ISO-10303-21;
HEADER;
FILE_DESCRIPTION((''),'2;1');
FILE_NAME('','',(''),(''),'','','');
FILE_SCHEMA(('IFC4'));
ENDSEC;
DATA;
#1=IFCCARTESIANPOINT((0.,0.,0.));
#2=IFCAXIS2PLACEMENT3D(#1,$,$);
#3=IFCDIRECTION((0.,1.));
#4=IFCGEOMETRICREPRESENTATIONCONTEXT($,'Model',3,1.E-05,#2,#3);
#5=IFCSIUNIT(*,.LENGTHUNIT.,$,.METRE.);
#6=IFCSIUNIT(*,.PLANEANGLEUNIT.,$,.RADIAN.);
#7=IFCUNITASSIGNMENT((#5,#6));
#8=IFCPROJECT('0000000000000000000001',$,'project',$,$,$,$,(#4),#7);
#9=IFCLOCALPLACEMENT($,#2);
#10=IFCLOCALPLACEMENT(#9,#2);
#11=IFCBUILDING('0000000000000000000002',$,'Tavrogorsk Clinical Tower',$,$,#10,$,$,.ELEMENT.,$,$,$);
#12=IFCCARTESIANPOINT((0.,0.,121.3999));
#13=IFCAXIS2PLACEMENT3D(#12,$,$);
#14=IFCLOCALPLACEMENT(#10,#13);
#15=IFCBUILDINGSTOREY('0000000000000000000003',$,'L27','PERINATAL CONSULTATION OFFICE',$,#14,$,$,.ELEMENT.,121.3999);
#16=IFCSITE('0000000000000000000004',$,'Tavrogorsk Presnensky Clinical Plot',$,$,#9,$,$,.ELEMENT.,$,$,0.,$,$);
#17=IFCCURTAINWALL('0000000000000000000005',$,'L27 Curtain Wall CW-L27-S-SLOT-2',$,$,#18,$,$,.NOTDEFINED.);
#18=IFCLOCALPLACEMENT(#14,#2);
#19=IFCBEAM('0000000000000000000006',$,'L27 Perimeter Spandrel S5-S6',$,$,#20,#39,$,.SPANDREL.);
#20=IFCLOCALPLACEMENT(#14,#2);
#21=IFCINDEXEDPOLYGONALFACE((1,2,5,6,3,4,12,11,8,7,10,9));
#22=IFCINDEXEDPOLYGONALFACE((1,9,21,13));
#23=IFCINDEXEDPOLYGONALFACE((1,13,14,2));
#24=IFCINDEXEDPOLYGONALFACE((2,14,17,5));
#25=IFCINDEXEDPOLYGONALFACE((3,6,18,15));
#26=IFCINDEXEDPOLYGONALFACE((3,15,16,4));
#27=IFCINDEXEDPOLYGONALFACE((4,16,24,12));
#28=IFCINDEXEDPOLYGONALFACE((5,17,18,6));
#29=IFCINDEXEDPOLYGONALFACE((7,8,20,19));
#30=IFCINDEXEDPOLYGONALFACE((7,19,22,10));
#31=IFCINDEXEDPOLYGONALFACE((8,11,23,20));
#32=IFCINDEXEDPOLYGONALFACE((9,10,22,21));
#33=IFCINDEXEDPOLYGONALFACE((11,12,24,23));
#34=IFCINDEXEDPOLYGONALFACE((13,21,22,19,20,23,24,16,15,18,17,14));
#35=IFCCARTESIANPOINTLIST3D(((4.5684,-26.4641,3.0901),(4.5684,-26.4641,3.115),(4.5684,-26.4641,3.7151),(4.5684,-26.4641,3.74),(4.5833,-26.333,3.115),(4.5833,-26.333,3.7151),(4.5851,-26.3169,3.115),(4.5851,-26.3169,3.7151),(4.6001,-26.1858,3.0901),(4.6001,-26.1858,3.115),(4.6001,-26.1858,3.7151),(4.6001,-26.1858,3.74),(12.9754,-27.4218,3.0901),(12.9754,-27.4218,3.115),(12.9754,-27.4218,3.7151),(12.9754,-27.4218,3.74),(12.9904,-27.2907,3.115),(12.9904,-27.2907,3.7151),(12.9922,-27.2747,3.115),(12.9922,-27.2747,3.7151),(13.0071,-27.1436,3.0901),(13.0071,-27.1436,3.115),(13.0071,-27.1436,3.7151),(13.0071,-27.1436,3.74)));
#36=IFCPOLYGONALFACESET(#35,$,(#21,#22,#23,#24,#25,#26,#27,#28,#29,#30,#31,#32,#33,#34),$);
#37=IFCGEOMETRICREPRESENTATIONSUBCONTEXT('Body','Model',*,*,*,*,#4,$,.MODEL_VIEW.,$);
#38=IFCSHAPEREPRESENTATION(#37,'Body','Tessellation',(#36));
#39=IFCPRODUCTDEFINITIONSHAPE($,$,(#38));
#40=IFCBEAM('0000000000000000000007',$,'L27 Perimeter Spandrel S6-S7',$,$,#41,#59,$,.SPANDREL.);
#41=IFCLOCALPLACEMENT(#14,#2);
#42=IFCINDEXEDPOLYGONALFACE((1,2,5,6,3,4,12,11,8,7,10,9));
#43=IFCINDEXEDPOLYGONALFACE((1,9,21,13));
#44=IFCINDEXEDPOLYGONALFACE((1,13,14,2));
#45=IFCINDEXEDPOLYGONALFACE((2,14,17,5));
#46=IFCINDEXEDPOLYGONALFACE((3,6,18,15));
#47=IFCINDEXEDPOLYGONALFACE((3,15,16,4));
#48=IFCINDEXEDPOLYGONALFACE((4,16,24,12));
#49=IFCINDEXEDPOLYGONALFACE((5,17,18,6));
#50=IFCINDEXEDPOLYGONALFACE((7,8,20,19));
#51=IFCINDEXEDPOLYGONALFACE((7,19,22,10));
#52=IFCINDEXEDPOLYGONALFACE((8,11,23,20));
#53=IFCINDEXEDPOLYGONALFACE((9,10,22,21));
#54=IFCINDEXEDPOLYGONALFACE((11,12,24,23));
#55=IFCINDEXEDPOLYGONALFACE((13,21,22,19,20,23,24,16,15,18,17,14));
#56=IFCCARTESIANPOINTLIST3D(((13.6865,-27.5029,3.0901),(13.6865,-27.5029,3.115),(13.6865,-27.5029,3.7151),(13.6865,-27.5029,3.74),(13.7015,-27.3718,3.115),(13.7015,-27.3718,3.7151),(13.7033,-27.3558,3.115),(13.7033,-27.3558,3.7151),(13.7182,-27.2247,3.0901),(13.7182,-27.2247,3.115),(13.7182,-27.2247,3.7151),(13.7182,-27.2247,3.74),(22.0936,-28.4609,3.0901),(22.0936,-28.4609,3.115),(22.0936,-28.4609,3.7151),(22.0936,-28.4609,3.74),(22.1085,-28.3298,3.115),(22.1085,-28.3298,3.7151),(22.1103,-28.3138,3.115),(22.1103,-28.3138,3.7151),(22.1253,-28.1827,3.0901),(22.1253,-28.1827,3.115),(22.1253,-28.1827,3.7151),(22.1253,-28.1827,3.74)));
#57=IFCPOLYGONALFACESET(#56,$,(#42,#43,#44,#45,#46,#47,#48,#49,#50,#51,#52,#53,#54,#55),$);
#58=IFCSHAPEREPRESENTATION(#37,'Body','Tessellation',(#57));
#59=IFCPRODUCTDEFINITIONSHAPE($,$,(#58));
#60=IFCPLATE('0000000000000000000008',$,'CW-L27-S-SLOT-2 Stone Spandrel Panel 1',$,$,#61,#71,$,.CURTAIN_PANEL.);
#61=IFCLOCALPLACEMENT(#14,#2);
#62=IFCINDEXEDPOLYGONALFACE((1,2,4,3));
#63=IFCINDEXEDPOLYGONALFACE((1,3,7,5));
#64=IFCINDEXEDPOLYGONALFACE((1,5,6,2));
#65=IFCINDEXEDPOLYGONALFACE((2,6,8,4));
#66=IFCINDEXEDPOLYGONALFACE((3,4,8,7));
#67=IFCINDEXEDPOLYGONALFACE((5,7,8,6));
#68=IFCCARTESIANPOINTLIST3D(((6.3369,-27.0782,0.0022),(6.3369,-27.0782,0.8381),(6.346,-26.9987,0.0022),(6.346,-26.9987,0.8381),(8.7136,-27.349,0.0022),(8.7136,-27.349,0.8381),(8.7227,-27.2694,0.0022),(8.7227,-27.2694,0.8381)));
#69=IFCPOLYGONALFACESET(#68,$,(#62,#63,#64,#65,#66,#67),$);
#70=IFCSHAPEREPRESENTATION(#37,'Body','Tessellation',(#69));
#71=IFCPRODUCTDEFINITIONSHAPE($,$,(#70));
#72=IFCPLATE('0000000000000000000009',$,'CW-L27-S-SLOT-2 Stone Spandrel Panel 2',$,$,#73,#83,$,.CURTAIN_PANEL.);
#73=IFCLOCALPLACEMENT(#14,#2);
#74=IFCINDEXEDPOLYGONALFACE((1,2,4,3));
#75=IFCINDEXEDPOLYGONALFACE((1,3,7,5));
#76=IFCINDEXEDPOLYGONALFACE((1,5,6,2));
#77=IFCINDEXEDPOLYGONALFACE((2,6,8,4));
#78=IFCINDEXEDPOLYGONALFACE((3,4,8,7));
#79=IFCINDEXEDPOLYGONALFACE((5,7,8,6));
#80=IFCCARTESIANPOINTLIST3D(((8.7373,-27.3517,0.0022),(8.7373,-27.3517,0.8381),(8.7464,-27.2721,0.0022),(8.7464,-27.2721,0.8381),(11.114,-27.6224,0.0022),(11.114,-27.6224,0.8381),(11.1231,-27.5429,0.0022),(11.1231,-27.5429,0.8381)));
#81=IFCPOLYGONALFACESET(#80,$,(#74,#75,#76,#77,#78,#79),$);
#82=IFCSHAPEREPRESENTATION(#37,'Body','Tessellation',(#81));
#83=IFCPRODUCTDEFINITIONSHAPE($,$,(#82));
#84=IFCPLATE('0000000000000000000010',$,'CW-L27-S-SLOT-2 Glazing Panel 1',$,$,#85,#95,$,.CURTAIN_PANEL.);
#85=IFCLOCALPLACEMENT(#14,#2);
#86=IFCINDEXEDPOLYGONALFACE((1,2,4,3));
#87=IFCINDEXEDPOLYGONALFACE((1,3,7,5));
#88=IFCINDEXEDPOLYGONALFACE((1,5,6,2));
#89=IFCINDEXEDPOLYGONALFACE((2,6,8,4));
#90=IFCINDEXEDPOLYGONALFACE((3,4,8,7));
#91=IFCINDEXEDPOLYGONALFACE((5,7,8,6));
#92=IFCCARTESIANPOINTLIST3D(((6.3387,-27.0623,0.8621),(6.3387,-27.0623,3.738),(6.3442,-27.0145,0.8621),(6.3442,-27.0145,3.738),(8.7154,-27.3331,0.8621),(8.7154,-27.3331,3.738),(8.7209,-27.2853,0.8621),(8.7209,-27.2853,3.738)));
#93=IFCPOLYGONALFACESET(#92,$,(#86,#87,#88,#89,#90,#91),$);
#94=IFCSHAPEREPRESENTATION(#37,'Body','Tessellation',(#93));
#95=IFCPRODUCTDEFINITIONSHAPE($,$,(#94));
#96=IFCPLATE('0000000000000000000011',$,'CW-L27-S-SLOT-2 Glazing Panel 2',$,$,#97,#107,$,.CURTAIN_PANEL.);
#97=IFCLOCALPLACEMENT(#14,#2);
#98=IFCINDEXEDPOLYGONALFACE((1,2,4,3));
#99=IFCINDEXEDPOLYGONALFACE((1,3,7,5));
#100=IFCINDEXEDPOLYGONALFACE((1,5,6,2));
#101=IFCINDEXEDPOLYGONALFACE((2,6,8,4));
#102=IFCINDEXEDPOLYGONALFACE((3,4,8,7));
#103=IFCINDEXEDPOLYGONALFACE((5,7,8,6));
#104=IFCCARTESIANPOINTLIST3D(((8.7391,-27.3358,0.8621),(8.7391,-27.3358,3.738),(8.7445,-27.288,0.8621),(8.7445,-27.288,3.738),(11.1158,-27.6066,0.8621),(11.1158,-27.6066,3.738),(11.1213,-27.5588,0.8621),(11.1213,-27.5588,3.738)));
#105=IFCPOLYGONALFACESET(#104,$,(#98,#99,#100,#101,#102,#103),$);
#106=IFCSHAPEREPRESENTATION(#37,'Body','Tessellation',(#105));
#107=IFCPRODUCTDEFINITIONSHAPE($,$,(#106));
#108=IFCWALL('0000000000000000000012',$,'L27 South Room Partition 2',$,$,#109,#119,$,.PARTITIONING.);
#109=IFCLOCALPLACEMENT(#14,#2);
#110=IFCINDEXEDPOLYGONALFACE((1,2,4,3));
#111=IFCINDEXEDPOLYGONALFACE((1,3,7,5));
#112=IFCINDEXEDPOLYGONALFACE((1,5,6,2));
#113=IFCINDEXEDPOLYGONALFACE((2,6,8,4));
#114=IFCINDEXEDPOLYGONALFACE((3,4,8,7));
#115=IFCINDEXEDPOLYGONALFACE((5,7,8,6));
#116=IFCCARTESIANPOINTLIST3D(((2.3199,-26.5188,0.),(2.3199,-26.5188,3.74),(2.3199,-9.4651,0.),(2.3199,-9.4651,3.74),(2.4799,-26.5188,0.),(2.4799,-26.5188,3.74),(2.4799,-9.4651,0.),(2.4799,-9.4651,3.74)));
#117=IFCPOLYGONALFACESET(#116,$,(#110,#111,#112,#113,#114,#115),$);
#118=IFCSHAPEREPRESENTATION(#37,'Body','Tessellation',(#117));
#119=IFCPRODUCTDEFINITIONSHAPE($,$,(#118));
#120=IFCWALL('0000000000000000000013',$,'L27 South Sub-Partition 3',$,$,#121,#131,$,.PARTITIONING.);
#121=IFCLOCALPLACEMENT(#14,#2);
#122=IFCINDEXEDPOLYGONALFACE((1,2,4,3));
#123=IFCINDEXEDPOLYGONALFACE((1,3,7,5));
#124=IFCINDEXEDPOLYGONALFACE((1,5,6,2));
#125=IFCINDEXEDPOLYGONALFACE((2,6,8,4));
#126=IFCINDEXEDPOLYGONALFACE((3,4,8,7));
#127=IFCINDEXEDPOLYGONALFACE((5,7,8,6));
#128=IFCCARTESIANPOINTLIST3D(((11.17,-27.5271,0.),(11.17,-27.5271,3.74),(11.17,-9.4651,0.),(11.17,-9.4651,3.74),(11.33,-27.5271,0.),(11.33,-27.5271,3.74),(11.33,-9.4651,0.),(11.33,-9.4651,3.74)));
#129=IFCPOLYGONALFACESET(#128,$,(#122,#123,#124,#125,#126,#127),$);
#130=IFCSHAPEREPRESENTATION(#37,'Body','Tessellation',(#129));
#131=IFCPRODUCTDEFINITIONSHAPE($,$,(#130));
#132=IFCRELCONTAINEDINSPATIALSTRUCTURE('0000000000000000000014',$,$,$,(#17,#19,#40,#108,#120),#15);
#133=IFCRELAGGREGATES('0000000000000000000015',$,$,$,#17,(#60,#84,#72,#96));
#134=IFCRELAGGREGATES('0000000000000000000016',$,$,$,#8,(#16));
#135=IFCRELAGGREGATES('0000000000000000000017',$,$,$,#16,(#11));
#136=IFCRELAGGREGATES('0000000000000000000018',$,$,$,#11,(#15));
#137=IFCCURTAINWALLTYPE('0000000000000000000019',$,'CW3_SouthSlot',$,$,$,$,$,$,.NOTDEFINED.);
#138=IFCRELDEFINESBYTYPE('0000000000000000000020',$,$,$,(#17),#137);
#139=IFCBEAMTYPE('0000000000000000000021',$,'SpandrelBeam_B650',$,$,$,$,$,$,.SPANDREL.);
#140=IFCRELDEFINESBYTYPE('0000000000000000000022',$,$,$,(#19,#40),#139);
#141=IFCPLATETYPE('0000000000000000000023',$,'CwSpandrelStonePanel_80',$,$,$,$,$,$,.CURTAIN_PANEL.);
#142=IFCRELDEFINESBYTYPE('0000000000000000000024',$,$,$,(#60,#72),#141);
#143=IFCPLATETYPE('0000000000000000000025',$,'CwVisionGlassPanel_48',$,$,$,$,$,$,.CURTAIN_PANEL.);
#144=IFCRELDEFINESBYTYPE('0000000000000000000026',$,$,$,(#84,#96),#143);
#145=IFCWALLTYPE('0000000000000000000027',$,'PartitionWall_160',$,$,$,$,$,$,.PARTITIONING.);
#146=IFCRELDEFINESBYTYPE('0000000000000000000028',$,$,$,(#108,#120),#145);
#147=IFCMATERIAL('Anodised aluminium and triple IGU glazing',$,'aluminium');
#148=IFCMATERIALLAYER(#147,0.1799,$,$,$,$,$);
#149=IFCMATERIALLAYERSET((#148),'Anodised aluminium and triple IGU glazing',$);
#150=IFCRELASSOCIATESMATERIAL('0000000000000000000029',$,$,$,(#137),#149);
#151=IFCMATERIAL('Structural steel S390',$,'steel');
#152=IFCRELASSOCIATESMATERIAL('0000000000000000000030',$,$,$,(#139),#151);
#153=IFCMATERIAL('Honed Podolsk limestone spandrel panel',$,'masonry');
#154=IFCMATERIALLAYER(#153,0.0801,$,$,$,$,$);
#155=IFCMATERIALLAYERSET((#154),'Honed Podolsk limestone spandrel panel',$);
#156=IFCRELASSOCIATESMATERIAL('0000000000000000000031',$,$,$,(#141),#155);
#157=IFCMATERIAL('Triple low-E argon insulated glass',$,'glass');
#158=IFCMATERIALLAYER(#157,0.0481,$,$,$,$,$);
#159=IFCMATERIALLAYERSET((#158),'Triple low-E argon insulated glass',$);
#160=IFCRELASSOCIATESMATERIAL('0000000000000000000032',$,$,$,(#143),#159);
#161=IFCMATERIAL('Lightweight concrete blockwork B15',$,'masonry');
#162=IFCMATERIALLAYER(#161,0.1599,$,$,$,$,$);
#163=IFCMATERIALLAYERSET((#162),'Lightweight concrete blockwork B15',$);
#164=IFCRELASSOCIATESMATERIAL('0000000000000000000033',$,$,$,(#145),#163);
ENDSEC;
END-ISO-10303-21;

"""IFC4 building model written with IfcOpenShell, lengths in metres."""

from ifc_helpers import new_model, si_unit, direction, frame, frame_2d, origin, origin_2d, place, context, subcontext, project, spatial, rectangle, i_section, extrude, material, layer, layer_set, material_profile, profile_set, type_object, element, aggregate, save


model = new_model("IFC4")

# Units and contexts
model_context = context("Model", 3, precision=1e-05, world=origin(), true_north=direction((0.0, 1.0)))
body_context = subcontext(model_context, "Body", "Model", "MODEL_VIEW")
ifc_project = project(units=[si_unit("LENGTHUNIT", "METRE"), si_unit("PLANEANGLEUNIT", "RADIAN")], contexts=[model_context])

# Site, building, storey
site_placement = place(None, origin())
site = spatial("IfcSite", under=ifc_project, at=site_placement, Name="Tavrogorsk Presnensky Clinical Plot", CompositionType="ELEMENT", RefElevation=0.0)
building_placement = place(site_placement, origin())
building = spatial("IfcBuilding", under=site, at=building_placement, Name="Tavrogorsk Clinical Tower", CompositionType="ELEMENT")
storey_placement = place(building_placement, frame((0.0, 0.0, 121.3999)))
storey = spatial("IfcBuildingStorey", under=building, at=storey_placement, Name="L27", Description="PERINATAL CONSULTATION OFFICE", CompositionType="ELEMENT", Elevation=121.3999)

# Curtain wall
ifc_material_1 = material(Name="Anodised aluminium and triple IGU glazing", Category="aluminium")
ifc_layer_1 = layer(ifc_material_1, 0.1799)
ifc_layer_set_1 = layer_set([ifc_layer_1], Name="Anodised aluminium and triple IGU glazing")
curtain_wall_type = type_object("IfcCurtainWallType", Name="CW3_SouthSlot", PredefinedType="NOTDEFINED", material=ifc_layer_set_1)
curtain_wall_placement = place(storey_placement, origin())
curtain_wall = element("IfcCurtainWall", 1, at=curtain_wall_placement, inside=storey, type_object=curtain_wall_type, Name="L27 Curtain Wall CW-L27-S-SLOT-2", PredefinedType="NOTDEFINED")

# Beams
ifc_material_2 = material(Name="Structural steel S390", Category="steel")
ifc_material_profile_1 = material_profile(ifc_material_2, i_section(OverallWidth=0.28, OverallDepth=0.6499, WebThickness=0.0161, FlangeThickness=0.0249, at=origin_2d()), Name="B-650x280x16x25")
ifc_profile_set_1 = profile_set([ifc_material_profile_1], Name="Structural steel S390")
beam_type = type_object("IfcBeamType", Name="SpandrelBeam_B650", PredefinedType="SPANDREL", material=ifc_profile_set_1)
for number, where, z_axis, x_axis, name in (
    (2, (4.5842, -26.325, 3.415), (0.993573, -0.113193, 0.0), (0.113193, 0.993573, 0.0), "L27 Perimeter Spandrel S5-S6"),
    (3, (13.7024, -27.3638, 3.415), (0.99357, -0.113221, 0.0), (0.113221, 0.99357, 0.0), "L27 Perimeter Spandrel S6-S7"),
):
    element("IfcBeam", number, at=place(storey_placement, frame(where, z_axis=z_axis, x_axis=x_axis)), inside=storey, type_object=beam_type, Name=name, PredefinedType="SPANDREL", context=body_context, shape_type="SweptSolid", body=[
        extrude(i_section(OverallWidth=0.28, OverallDepth=0.6499, WebThickness=0.0161, FlangeThickness=0.0249, at=origin_2d()), origin(), (0.0, 0.0, 1.0), 8.4614),
    ])

# Plates
ifc_material_3 = material(Name="Honed Podolsk limestone spandrel panel", Category="masonry")
ifc_layer_2 = layer(ifc_material_3, 0.0801)
ifc_layer_set_2 = layer_set([ifc_layer_2], Name="Honed Podolsk limestone spandrel panel")
plate_type_1 = type_object("IfcPlateType", Name="CwSpandrelStonePanel_80", PredefinedType="CURTAIN_PANEL", material=ifc_layer_set_2)
plate_1_placement = place(storey_placement, frame((7.5298, -27.1738, 0.0022), z_axis=(0.0, 0.0, 1.0), x_axis=(0.993572, -0.113203, 0.0)))
plate_1 = element("IfcPlate", 4, at=plate_1_placement, type_object=plate_type_1, Name="CW-L27-S-SLOT-2 Stone Spandrel Panel 1", PredefinedType="CURTAIN_PANEL", context=body_context, shape_type="SweptSolid", body=[
    extrude(rectangle(XDim=2.3921, YDim=0.0801, at=origin_2d()), origin(), (0.0, 0.0, 1.0), 0.8359),
])
plate_2_placement = place(storey_placement, frame((9.9302, -27.4473, 0.0022), z_axis=(0.0, 0.0, 1.0), x_axis=(0.993572, -0.113203, 0.0)))
plate_2 = element("IfcPlate", 5, at=plate_2_placement, type_object=plate_type_1, Name="CW-L27-S-SLOT-2 Stone Spandrel Panel 2", PredefinedType="CURTAIN_PANEL", context=body_context, shape_type="SweptSolid", body=[
    extrude(rectangle(XDim=2.3921, YDim=0.0801, at=origin_2d()), origin(), (0.0, 0.0, 1.0), 0.8359),
])
ifc_material_4 = material(Name="Triple low-E argon insulated glass", Category="glass")
ifc_layer_3 = layer(ifc_material_4, 0.0481)
ifc_layer_set_3 = layer_set([ifc_layer_3], Name="Triple low-E argon insulated glass")
plate_type_2 = type_object("IfcPlateType", Name="CwVisionGlassPanel_48", PredefinedType="CURTAIN_PANEL", material=ifc_layer_set_3)
plate_3_placement = place(storey_placement, frame((7.5298, -27.1738, 0.8621), z_axis=(0.0, 0.0, 1.0), x_axis=(0.993572, -0.113203, 0.0)))
plate_3 = element("IfcPlate", 6, at=plate_3_placement, type_object=plate_type_2, Name="CW-L27-S-SLOT-2 Glazing Panel 1", PredefinedType="CURTAIN_PANEL", context=body_context, shape_type="SweptSolid", body=[
    extrude(rectangle(XDim=2.3921, YDim=0.0481, at=origin_2d()), origin(), (0.0, 0.0, 1.0), 2.876),
])
plate_4_placement = place(storey_placement, frame((9.9302, -27.4473, 0.8621), z_axis=(0.0, 0.0, 1.0), x_axis=(0.993572, -0.113203, 0.0)))
plate_4 = element("IfcPlate", 7, at=plate_4_placement, type_object=plate_type_2, Name="CW-L27-S-SLOT-2 Glazing Panel 2", PredefinedType="CURTAIN_PANEL", context=body_context, shape_type="SweptSolid", body=[
    extrude(rectangle(XDim=2.3921, YDim=0.0481, at=origin_2d()), origin(), (0.0, 0.0, 1.0), 2.876),
])
aggregate(curtain_wall, [plate_1, plate_3, plate_2, plate_4])

# Walls
ifc_material_5 = material(Name="Lightweight concrete blockwork B15", Category="masonry")
ifc_layer_4 = layer(ifc_material_5, 0.1599)
ifc_layer_set_4 = layer_set([ifc_layer_4], Name="Lightweight concrete blockwork B15")
wall_type_1 = type_object("IfcWallType", Name="PartitionWall_160", PredefinedType="PARTITIONING", material=ifc_layer_set_4)
wall_1_placement = place(storey_placement, frame((2.3999, -26.5188, 0.0), z_axis=(0.0, 0.0, 1.0), x_axis=(0.0, 1.0, 0.0)))
element("IfcWall", 8, at=wall_1_placement, inside=storey, type_object=wall_type_1, Name="L27 South Room Partition 2", PredefinedType="PARTITIONING", context=body_context, shape_type="SweptSolid", body=[
    extrude(rectangle(XDim=17.0537, YDim=0.1599, at=frame_2d((8.5269, 0.0))), origin(), (0.0, 0.0, 1.0), 3.74),
])
wall_2_placement = place(storey_placement, frame((11.25, -27.5271, 0.0), z_axis=(0.0, 0.0, 1.0), x_axis=(0.0, 1.0, 0.0)))
element("IfcWall", 9, at=wall_2_placement, inside=storey, type_object=wall_type_1, Name="L27 South Sub-Partition 3", PredefinedType="PARTITIONING", context=body_context, shape_type="SweptSolid", body=[
    extrude(rectangle(XDim=18.062, YDim=0.1599, at=frame_2d((9.031, 0.0))), origin(), (0.0, 0.0, 1.0), 3.74),
])

save(model, "model.ifc")
